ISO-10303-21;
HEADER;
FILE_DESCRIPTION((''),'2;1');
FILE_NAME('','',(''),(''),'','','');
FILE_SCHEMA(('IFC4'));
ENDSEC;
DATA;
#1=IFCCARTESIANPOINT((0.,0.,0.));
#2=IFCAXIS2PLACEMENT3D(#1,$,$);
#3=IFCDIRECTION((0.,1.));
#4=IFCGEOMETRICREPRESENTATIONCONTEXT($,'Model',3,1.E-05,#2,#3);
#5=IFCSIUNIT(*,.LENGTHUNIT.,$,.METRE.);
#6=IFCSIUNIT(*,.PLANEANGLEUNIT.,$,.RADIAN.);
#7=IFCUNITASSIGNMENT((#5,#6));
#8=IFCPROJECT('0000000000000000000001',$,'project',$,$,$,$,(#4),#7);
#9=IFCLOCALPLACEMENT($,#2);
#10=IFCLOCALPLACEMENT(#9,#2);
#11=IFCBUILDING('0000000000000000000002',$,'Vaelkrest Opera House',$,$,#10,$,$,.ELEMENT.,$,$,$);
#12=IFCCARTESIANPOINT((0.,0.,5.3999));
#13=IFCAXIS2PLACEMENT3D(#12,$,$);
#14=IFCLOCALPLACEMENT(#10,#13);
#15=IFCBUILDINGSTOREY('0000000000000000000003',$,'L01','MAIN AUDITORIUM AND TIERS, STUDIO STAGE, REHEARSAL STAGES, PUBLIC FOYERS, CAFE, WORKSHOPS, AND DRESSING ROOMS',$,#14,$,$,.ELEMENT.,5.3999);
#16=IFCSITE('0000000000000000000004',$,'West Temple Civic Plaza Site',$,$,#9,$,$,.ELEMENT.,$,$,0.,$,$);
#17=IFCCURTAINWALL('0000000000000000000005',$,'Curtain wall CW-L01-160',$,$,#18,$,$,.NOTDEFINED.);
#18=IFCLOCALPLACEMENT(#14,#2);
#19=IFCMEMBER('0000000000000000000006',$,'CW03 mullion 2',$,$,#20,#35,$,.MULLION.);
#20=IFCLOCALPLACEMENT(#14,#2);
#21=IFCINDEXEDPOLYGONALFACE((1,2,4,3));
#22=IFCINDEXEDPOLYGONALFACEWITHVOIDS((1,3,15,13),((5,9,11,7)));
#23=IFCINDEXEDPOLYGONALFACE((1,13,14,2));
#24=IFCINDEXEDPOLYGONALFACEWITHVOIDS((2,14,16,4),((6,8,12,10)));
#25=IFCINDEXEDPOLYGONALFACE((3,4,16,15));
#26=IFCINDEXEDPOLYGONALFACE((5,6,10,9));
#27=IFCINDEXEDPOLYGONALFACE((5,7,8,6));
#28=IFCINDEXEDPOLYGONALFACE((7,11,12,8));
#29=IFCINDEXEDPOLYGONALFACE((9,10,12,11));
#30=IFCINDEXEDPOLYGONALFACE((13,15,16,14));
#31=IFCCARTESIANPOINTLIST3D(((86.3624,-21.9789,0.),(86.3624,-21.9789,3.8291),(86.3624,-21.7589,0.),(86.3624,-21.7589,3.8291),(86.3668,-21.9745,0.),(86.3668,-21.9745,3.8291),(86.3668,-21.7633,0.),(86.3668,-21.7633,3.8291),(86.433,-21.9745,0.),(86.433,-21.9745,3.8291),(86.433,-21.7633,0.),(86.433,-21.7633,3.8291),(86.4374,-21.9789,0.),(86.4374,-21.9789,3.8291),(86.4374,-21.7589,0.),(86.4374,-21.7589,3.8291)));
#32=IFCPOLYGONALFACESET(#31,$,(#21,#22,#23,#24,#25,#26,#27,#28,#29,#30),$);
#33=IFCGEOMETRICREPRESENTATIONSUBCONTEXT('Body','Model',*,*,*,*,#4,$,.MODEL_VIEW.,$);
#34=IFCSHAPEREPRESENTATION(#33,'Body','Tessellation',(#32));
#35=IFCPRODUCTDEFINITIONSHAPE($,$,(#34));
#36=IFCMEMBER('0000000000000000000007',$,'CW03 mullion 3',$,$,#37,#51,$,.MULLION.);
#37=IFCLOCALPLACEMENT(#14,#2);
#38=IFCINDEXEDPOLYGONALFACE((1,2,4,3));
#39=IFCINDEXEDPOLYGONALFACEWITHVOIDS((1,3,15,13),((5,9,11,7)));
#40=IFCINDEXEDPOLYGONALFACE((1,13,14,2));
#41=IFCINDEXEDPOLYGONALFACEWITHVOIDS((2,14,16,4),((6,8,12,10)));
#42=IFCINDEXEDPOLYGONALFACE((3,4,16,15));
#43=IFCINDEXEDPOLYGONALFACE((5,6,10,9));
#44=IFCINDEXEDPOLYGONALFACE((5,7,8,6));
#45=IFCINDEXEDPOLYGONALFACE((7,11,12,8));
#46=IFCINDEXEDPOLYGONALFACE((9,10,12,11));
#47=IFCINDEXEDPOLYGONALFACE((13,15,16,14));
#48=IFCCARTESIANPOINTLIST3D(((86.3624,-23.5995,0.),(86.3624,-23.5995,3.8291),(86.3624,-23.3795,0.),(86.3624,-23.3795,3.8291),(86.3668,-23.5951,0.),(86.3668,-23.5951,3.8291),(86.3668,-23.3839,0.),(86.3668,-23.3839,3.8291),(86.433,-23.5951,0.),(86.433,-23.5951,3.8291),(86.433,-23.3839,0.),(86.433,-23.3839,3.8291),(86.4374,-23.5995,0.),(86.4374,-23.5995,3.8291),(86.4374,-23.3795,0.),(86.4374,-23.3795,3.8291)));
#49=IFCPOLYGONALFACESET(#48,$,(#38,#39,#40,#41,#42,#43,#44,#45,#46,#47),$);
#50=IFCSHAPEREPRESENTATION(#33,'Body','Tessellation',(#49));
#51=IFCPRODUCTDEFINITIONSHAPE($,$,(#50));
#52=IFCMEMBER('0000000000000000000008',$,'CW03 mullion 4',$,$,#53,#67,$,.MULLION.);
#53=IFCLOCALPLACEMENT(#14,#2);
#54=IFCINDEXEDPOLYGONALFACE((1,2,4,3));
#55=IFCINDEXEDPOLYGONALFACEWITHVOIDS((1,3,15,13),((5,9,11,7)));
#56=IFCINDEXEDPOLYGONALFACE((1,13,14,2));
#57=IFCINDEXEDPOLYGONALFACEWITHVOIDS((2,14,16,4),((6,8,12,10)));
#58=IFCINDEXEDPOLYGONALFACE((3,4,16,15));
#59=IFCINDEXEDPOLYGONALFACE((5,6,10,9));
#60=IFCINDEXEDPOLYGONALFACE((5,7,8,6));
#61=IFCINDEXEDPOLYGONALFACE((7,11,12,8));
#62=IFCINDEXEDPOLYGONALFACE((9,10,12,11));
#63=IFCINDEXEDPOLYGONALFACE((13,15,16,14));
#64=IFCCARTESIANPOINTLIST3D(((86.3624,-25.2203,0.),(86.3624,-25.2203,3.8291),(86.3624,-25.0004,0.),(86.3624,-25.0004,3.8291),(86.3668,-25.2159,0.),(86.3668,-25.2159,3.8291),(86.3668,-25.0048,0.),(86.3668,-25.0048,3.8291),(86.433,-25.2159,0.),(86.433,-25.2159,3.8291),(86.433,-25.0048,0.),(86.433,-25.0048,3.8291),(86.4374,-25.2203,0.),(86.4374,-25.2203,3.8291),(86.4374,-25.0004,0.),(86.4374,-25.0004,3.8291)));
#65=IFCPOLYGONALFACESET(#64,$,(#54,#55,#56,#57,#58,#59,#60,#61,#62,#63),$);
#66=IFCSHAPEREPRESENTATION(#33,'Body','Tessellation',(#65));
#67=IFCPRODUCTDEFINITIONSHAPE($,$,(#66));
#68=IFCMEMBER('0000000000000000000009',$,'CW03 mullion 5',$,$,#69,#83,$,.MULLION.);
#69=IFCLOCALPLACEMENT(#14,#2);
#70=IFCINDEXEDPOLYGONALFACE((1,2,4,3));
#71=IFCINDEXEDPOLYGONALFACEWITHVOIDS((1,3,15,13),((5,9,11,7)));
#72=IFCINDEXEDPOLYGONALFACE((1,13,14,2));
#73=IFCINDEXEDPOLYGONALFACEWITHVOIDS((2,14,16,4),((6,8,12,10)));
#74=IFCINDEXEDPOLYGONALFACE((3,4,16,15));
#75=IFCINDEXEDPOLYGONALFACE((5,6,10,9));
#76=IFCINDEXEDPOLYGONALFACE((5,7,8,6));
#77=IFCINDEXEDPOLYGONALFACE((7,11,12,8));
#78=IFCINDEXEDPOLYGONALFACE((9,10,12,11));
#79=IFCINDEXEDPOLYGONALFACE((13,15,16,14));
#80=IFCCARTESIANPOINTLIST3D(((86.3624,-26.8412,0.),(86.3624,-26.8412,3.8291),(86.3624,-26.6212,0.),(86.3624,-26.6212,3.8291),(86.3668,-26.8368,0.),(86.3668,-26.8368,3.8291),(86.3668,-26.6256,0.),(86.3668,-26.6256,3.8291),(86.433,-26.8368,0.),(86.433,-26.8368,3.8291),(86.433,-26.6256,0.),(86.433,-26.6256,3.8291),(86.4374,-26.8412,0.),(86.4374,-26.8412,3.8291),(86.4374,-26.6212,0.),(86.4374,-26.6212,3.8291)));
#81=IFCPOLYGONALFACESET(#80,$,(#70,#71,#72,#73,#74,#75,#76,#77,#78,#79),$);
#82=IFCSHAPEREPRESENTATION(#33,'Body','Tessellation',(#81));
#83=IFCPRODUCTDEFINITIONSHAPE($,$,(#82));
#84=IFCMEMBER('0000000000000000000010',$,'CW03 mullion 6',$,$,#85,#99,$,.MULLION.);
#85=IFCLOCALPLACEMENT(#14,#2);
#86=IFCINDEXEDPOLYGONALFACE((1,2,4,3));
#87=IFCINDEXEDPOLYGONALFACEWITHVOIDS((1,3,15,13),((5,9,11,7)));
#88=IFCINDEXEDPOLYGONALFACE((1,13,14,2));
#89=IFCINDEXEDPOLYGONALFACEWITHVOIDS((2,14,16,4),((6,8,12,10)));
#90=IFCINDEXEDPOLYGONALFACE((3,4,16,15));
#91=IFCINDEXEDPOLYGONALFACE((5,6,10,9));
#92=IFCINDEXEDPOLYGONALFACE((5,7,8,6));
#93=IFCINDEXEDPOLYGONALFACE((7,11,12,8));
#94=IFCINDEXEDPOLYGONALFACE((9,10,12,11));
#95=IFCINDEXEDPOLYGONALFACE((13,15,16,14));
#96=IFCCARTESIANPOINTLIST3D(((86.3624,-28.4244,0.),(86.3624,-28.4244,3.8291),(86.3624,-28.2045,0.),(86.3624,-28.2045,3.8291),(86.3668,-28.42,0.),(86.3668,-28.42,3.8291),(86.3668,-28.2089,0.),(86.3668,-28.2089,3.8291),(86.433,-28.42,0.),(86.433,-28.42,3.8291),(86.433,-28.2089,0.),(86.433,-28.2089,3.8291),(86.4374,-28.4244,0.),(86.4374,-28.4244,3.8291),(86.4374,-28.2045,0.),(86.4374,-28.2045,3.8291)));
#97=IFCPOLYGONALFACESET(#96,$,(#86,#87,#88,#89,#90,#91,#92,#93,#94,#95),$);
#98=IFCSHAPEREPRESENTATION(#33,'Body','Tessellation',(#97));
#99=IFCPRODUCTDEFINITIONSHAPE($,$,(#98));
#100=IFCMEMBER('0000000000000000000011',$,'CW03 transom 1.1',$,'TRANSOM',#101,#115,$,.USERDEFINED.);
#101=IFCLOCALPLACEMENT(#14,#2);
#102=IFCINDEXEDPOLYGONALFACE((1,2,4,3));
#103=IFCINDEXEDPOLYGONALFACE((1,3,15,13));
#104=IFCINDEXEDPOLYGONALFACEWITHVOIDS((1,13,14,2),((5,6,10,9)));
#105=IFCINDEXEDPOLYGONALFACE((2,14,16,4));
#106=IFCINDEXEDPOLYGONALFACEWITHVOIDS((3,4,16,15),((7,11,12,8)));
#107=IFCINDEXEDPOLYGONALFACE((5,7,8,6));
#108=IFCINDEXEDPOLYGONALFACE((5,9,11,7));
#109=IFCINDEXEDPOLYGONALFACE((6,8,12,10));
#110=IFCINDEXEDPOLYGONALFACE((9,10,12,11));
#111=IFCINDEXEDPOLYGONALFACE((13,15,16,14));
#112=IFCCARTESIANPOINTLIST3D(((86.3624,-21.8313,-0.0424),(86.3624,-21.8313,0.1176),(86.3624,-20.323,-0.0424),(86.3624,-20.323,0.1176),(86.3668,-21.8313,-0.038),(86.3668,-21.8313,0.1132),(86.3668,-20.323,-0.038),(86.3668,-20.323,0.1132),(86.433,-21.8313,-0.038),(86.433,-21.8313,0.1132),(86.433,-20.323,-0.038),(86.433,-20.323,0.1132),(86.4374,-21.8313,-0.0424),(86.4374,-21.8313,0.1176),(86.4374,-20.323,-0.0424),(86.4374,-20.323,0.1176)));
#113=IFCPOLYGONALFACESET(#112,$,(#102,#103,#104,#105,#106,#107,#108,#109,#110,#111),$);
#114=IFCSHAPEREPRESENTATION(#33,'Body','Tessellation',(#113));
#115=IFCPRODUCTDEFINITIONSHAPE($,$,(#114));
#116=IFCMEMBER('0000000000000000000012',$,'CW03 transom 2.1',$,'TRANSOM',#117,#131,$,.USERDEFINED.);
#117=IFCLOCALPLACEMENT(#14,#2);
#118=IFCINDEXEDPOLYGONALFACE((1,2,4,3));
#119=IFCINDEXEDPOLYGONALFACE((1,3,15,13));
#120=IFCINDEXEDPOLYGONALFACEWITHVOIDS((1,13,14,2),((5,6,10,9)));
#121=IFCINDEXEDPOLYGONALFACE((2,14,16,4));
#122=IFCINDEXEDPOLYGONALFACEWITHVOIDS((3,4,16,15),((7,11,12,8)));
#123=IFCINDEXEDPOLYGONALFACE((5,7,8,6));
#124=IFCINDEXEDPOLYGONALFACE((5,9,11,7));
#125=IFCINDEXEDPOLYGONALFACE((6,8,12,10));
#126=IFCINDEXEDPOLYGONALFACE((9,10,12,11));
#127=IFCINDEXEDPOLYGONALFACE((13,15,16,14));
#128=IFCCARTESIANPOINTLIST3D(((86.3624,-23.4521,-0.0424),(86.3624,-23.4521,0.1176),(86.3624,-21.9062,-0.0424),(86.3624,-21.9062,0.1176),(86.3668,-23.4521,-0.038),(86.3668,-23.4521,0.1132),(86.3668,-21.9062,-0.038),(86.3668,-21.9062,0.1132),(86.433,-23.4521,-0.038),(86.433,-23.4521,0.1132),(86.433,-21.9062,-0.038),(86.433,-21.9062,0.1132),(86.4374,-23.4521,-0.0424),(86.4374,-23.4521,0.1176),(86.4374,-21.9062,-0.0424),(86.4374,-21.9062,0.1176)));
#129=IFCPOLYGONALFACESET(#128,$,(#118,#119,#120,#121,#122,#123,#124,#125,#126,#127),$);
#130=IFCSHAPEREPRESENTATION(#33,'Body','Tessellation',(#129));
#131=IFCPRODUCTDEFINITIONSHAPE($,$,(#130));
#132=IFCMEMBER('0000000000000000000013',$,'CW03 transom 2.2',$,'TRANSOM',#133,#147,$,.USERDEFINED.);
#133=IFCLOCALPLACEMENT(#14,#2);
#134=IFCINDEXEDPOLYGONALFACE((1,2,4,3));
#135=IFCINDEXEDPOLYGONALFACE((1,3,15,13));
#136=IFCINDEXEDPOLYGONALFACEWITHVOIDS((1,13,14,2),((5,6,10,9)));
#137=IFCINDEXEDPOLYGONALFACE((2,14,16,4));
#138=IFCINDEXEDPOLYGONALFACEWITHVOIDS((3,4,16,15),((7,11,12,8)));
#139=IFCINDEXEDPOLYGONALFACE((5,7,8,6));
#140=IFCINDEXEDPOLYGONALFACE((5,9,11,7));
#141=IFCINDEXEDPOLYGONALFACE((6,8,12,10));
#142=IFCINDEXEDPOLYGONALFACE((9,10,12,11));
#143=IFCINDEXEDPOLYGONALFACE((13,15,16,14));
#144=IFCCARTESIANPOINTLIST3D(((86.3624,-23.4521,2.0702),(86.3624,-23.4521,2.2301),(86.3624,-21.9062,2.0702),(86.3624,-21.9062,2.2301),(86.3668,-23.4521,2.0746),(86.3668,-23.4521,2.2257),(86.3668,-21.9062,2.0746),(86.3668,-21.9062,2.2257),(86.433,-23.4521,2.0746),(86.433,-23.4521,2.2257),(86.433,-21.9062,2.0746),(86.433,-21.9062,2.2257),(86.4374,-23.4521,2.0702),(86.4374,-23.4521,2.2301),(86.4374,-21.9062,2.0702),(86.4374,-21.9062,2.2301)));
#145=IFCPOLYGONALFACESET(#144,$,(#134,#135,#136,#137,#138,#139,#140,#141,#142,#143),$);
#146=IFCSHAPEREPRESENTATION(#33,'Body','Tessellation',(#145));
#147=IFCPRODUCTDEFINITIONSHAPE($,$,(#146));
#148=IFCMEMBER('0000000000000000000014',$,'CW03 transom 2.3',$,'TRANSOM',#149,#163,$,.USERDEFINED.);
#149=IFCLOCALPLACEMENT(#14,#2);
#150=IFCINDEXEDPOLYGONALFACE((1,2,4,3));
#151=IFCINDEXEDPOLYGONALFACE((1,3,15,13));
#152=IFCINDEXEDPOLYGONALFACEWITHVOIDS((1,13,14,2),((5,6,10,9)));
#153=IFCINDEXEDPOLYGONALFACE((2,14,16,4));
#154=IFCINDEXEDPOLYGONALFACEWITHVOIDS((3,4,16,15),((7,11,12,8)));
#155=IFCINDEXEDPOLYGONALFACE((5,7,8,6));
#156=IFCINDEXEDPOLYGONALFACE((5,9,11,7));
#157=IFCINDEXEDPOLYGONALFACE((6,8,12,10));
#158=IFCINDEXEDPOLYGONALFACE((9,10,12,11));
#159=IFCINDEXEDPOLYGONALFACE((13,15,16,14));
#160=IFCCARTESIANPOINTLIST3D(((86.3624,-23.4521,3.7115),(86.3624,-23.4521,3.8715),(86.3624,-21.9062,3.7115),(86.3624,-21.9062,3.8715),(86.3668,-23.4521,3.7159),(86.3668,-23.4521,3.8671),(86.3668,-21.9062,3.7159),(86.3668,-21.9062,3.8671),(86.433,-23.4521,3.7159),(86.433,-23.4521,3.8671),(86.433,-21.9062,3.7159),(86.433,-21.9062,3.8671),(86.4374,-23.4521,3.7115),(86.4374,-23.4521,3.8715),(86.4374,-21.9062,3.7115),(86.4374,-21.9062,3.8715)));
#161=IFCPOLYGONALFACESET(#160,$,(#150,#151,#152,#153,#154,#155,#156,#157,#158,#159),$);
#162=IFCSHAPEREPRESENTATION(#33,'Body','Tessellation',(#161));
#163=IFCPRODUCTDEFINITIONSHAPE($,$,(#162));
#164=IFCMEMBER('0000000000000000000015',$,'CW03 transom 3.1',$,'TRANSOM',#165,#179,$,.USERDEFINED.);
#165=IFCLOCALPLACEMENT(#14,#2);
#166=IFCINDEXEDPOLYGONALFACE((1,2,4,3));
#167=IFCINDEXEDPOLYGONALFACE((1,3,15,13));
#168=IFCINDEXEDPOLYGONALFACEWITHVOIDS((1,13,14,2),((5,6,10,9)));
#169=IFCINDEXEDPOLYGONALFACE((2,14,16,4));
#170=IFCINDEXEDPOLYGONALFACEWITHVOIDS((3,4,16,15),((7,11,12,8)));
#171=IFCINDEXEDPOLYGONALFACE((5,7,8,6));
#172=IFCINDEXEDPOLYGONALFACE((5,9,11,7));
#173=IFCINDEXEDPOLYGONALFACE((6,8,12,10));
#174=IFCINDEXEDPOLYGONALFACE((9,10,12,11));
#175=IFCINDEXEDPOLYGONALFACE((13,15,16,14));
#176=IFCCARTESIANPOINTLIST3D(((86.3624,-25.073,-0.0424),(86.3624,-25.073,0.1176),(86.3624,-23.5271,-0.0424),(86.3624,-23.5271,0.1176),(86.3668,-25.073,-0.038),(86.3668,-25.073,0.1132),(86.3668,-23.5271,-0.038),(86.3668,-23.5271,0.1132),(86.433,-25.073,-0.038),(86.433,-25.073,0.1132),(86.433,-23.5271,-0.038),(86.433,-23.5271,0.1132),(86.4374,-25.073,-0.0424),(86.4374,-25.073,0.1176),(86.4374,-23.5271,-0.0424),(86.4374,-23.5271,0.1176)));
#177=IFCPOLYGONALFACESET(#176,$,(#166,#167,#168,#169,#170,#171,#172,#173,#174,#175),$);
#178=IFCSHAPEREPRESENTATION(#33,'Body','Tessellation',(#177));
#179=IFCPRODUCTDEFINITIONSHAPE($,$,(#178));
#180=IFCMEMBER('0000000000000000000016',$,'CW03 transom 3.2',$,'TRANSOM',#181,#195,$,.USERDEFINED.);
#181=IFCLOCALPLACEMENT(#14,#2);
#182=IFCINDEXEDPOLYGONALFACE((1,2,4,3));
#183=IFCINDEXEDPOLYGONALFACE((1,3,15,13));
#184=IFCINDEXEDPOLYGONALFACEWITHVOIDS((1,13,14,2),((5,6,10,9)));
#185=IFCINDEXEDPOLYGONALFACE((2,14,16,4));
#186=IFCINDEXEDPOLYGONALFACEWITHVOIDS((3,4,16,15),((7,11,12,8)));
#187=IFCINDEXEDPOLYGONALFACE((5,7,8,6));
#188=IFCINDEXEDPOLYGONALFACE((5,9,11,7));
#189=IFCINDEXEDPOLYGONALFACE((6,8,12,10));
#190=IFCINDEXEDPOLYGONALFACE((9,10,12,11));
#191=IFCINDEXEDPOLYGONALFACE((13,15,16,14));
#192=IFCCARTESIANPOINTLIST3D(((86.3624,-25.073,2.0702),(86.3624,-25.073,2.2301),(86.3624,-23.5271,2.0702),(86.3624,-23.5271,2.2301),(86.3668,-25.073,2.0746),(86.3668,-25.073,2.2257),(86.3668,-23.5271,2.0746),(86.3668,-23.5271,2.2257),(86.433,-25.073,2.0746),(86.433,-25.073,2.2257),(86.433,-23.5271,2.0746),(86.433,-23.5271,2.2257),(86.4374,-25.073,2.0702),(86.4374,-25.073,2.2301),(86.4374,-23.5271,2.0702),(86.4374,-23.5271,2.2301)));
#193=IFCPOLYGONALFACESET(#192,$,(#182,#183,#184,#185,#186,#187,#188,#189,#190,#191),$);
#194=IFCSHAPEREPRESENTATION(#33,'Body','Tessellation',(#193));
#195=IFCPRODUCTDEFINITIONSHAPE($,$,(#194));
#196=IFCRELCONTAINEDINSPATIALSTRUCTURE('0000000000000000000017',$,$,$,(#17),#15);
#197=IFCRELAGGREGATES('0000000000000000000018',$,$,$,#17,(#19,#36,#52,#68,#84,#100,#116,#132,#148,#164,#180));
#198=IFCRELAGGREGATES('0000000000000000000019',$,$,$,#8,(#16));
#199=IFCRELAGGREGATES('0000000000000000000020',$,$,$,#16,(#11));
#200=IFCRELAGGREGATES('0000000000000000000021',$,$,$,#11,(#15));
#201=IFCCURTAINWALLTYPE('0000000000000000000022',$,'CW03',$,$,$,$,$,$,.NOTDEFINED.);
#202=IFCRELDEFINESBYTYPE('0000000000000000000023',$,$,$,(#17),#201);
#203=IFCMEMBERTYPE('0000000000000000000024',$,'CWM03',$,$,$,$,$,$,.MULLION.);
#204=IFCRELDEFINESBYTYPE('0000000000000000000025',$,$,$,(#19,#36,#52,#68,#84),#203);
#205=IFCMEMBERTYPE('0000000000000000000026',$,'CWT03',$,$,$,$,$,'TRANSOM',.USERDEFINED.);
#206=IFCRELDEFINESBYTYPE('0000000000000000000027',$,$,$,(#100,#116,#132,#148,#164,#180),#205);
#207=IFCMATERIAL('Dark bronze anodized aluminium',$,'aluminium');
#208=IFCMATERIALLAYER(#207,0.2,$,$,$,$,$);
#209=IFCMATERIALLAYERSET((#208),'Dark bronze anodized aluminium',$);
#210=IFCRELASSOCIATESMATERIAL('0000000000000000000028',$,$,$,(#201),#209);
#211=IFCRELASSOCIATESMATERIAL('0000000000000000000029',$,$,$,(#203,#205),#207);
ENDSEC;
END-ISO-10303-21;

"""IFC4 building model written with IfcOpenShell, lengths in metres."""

from ifc_helpers import new_model, si_unit, direction, frame, origin, origin_2d, place, context, subcontext, project, spatial, hollow_rectangle, extrude, material, layer, layer_set, material_profile, profile_set, type_object, element, aggregate, save


model = new_model("IFC4")

# Units and contexts
model_context = context("Model", 3, precision=1e-05, world=origin(), true_north=direction((0.0, 1.0)))
body_context = subcontext(model_context, "Body", "Model", "MODEL_VIEW")
ifc_project = project(units=[si_unit("LENGTHUNIT", "METRE"), si_unit("PLANEANGLEUNIT", "RADIAN")], contexts=[model_context])

# Site, building, storey
site_placement = place(None, origin())
site = spatial("IfcSite", under=ifc_project, at=site_placement, Name="West Temple Civic Plaza Site", CompositionType="ELEMENT", RefElevation=0.0)
building_placement = place(site_placement, origin())
building = spatial("IfcBuilding", under=site, at=building_placement, Name="Vaelkrest Opera House", CompositionType="ELEMENT")
storey_placement = place(building_placement, frame((0.0, 0.0, 5.3999)))
storey = spatial("IfcBuildingStorey", under=building, at=storey_placement, Name="L01", Description="MAIN AUDITORIUM AND TIERS, STUDIO STAGE, REHEARSAL STAGES, PUBLIC FOYERS, CAFE, WORKSHOPS, AND DRESSING ROOMS", CompositionType="ELEMENT", Elevation=5.3999)

# Curtain wall, members
ifc_material_1 = material(Name="Dark bronze anodized aluminium", Category="aluminium")
ifc_layer_1 = layer(ifc_material_1, 0.2)
ifc_layer_set_1 = layer_set([ifc_layer_1], Name="Dark bronze anodized aluminium")
curtain_wall_type = type_object("IfcCurtainWallType", Name="CW03", PredefinedType="NOTDEFINED", material=ifc_layer_set_1)
curtain_wall_placement = place(storey_placement, origin())
curtain_wall = element("IfcCurtainWall", 1, at=curtain_wall_placement, inside=storey, type_object=curtain_wall_type, Name="Curtain wall CW-L01-160", PredefinedType="NOTDEFINED")
ifc_material_profile_1 = material_profile(ifc_material_1, hollow_rectangle(XDim=0.075, YDim=0.22, WallThickness=0.0044, at=origin_2d()), Name="CWM75X220")
ifc_profile_set_1 = profile_set([ifc_material_profile_1], Name="Dark bronze anodized aluminium")
member_type_1 = type_object("IfcMemberType", Name="CWM03", PredefinedType="MULLION", material=ifc_profile_set_1)
member_1_placement = place(storey_placement, frame((86.3999, -21.8689, 0.0), z_axis=(0.0, 0.0, 1.0), x_axis=(1.0, 0.0, 0.0)))
member_1 = element("IfcMember", 2, at=member_1_placement, type_object=member_type_1, Name="CW03 mullion 2", PredefinedType="MULLION", context=body_context, shape_type="SweptSolid", body=[
    extrude(hollow_rectangle(XDim=0.075, YDim=0.22, WallThickness=0.0044, at=origin_2d()), origin(), (0.0, 0.0, 1.0), 3.8291),
])
member_2_placement = place(storey_placement, frame((86.3999, -23.4895, 0.0), z_axis=(0.0, 0.0, 1.0), x_axis=(1.0, 0.0, 0.0)))
member_2 = element("IfcMember", 3, at=member_2_placement, type_object=member_type_1, Name="CW03 mullion 3", PredefinedType="MULLION", context=body_context, shape_type="SweptSolid", body=[
    extrude(hollow_rectangle(XDim=0.075, YDim=0.22, WallThickness=0.0044, at=origin_2d()), origin(), (0.0, 0.0, 1.0), 3.8291),
])
member_3_placement = place(storey_placement, frame((86.3999, -25.1104, 0.0), z_axis=(0.0, 0.0, 1.0), x_axis=(1.0, 0.0, 0.0)))
member_3 = element("IfcMember", 4, at=member_3_placement, type_object=member_type_1, Name="CW03 mullion 4", PredefinedType="MULLION", context=body_context, shape_type="SweptSolid", body=[
    extrude(hollow_rectangle(XDim=0.075, YDim=0.22, WallThickness=0.0044, at=origin_2d()), origin(), (0.0, 0.0, 1.0), 3.8291),
])
member_4_placement = place(storey_placement, frame((86.3999, -26.7312, 0.0), z_axis=(0.0, 0.0, 1.0), x_axis=(1.0, 0.0, 0.0)))
member_4 = element("IfcMember", 5, at=member_4_placement, type_object=member_type_1, Name="CW03 mullion 5", PredefinedType="MULLION", context=body_context, shape_type="SweptSolid", body=[
    extrude(hollow_rectangle(XDim=0.075, YDim=0.22, WallThickness=0.0044, at=origin_2d()), origin(), (0.0, 0.0, 1.0), 3.8291),
])
member_5_placement = place(storey_placement, frame((86.3999, -28.3145, 0.0), z_axis=(0.0, 0.0, 1.0), x_axis=(1.0, 0.0, 0.0)))
member_5 = element("IfcMember", 6, at=member_5_placement, type_object=member_type_1, Name="CW03 mullion 6", PredefinedType="MULLION", context=body_context, shape_type="SweptSolid", body=[
    extrude(hollow_rectangle(XDim=0.075, YDim=0.22, WallThickness=0.0044, at=origin_2d()), origin(), (0.0, 0.0, 1.0), 3.8291),
])
ifc_material_profile_2 = material_profile(ifc_material_1, hollow_rectangle(XDim=0.075, YDim=0.1599, WallThickness=0.0044, at=origin_2d()), Name="CWT75X160")
ifc_profile_set_2 = profile_set([ifc_material_profile_2], Name="Dark bronze anodized aluminium")
member_type_2 = type_object("IfcMemberType", Name="CWT03", ElementType="TRANSOM", PredefinedType="USERDEFINED", material=ifc_profile_set_2)
member_6_placement = place(storey_placement, frame((86.3999, -20.323, 0.0376), z_axis=(0.0, -1.0, 0.0), x_axis=(1.0, 0.0, 0.0)))
member_6 = element("IfcMember", 7, at=member_6_placement, type_object=member_type_2, Name="CW03 transom 1.1", ObjectType="TRANSOM", PredefinedType="USERDEFINED", context=body_context, shape_type="SweptSolid", body=[
    extrude(hollow_rectangle(XDim=0.075, YDim=0.1599, WallThickness=0.0044, at=origin_2d()), origin(), (0.0, 0.0, 1.0), 1.5083),
])
member_7_placement = place(storey_placement, frame((86.3999, -21.9062, 0.0376), z_axis=(0.0, -1.0, 0.0), x_axis=(1.0, 0.0, 0.0)))
member_7 = element("IfcMember", 8, at=member_7_placement, type_object=member_type_2, Name="CW03 transom 2.1", ObjectType="TRANSOM", PredefinedType="USERDEFINED", context=body_context, shape_type="SweptSolid", body=[
    extrude(hollow_rectangle(XDim=0.075, YDim=0.1599, WallThickness=0.0044, at=origin_2d()), origin(), (0.0, 0.0, 1.0), 1.5459),
])
member_8_placement = place(storey_placement, frame((86.3999, -21.9062, 2.1501), z_axis=(0.0, -1.0, 0.0), x_axis=(1.0, 0.0, 0.0)))
member_8 = element("IfcMember", 9, at=member_8_placement, type_object=member_type_2, Name="CW03 transom 2.2", ObjectType="TRANSOM", PredefinedType="USERDEFINED", context=body_context, shape_type="SweptSolid", body=[
    extrude(hollow_rectangle(XDim=0.075, YDim=0.1599, WallThickness=0.0044, at=origin_2d()), origin(), (0.0, 0.0, 1.0), 1.5459),
])
member_9_placement = place(storey_placement, frame((86.3999, -21.9062, 3.7915), z_axis=(0.0, -1.0, 0.0), x_axis=(1.0, 0.0, 0.0)))
member_9 = element("IfcMember", 10, at=member_9_placement, type_object=member_type_2, Name="CW03 transom 2.3", ObjectType="TRANSOM", PredefinedType="USERDEFINED", context=body_context, shape_type="SweptSolid", body=[
    extrude(hollow_rectangle(XDim=0.075, YDim=0.1599, WallThickness=0.0044, at=origin_2d()), origin(), (0.0, 0.0, 1.0), 1.5459),
])
member_10_placement = place(storey_placement, frame((86.3999, -23.5271, 0.0376), z_axis=(0.0, -1.0, 0.0), x_axis=(1.0, 0.0, 0.0)))
member_10 = element("IfcMember", 11, at=member_10_placement, type_object=member_type_2, Name="CW03 transom 3.1", ObjectType="TRANSOM", PredefinedType="USERDEFINED", context=body_context, shape_type="SweptSolid", body=[
    extrude(hollow_rectangle(XDim=0.075, YDim=0.1599, WallThickness=0.0044, at=origin_2d()), origin(), (0.0, 0.0, 1.0), 1.5459),
])
member_11_placement = place(storey_placement, frame((86.3999, -23.5271, 2.1501), z_axis=(0.0, -1.0, 0.0), x_axis=(1.0, 0.0, 0.0)))
member_11 = element("IfcMember", 12, at=member_11_placement, type_object=member_type_2, Name="CW03 transom 3.2", ObjectType="TRANSOM", PredefinedType="USERDEFINED", context=body_context, shape_type="SweptSolid", body=[
    extrude(hollow_rectangle(XDim=0.075, YDim=0.1599, WallThickness=0.0044, at=origin_2d()), origin(), (0.0, 0.0, 1.0), 1.5459),
])

aggregate(curtain_wall, [member_1, member_2, member_3, member_4, member_5, member_6, member_7, member_8, member_9, member_10, member_11])

save(model, "model.ifc")
